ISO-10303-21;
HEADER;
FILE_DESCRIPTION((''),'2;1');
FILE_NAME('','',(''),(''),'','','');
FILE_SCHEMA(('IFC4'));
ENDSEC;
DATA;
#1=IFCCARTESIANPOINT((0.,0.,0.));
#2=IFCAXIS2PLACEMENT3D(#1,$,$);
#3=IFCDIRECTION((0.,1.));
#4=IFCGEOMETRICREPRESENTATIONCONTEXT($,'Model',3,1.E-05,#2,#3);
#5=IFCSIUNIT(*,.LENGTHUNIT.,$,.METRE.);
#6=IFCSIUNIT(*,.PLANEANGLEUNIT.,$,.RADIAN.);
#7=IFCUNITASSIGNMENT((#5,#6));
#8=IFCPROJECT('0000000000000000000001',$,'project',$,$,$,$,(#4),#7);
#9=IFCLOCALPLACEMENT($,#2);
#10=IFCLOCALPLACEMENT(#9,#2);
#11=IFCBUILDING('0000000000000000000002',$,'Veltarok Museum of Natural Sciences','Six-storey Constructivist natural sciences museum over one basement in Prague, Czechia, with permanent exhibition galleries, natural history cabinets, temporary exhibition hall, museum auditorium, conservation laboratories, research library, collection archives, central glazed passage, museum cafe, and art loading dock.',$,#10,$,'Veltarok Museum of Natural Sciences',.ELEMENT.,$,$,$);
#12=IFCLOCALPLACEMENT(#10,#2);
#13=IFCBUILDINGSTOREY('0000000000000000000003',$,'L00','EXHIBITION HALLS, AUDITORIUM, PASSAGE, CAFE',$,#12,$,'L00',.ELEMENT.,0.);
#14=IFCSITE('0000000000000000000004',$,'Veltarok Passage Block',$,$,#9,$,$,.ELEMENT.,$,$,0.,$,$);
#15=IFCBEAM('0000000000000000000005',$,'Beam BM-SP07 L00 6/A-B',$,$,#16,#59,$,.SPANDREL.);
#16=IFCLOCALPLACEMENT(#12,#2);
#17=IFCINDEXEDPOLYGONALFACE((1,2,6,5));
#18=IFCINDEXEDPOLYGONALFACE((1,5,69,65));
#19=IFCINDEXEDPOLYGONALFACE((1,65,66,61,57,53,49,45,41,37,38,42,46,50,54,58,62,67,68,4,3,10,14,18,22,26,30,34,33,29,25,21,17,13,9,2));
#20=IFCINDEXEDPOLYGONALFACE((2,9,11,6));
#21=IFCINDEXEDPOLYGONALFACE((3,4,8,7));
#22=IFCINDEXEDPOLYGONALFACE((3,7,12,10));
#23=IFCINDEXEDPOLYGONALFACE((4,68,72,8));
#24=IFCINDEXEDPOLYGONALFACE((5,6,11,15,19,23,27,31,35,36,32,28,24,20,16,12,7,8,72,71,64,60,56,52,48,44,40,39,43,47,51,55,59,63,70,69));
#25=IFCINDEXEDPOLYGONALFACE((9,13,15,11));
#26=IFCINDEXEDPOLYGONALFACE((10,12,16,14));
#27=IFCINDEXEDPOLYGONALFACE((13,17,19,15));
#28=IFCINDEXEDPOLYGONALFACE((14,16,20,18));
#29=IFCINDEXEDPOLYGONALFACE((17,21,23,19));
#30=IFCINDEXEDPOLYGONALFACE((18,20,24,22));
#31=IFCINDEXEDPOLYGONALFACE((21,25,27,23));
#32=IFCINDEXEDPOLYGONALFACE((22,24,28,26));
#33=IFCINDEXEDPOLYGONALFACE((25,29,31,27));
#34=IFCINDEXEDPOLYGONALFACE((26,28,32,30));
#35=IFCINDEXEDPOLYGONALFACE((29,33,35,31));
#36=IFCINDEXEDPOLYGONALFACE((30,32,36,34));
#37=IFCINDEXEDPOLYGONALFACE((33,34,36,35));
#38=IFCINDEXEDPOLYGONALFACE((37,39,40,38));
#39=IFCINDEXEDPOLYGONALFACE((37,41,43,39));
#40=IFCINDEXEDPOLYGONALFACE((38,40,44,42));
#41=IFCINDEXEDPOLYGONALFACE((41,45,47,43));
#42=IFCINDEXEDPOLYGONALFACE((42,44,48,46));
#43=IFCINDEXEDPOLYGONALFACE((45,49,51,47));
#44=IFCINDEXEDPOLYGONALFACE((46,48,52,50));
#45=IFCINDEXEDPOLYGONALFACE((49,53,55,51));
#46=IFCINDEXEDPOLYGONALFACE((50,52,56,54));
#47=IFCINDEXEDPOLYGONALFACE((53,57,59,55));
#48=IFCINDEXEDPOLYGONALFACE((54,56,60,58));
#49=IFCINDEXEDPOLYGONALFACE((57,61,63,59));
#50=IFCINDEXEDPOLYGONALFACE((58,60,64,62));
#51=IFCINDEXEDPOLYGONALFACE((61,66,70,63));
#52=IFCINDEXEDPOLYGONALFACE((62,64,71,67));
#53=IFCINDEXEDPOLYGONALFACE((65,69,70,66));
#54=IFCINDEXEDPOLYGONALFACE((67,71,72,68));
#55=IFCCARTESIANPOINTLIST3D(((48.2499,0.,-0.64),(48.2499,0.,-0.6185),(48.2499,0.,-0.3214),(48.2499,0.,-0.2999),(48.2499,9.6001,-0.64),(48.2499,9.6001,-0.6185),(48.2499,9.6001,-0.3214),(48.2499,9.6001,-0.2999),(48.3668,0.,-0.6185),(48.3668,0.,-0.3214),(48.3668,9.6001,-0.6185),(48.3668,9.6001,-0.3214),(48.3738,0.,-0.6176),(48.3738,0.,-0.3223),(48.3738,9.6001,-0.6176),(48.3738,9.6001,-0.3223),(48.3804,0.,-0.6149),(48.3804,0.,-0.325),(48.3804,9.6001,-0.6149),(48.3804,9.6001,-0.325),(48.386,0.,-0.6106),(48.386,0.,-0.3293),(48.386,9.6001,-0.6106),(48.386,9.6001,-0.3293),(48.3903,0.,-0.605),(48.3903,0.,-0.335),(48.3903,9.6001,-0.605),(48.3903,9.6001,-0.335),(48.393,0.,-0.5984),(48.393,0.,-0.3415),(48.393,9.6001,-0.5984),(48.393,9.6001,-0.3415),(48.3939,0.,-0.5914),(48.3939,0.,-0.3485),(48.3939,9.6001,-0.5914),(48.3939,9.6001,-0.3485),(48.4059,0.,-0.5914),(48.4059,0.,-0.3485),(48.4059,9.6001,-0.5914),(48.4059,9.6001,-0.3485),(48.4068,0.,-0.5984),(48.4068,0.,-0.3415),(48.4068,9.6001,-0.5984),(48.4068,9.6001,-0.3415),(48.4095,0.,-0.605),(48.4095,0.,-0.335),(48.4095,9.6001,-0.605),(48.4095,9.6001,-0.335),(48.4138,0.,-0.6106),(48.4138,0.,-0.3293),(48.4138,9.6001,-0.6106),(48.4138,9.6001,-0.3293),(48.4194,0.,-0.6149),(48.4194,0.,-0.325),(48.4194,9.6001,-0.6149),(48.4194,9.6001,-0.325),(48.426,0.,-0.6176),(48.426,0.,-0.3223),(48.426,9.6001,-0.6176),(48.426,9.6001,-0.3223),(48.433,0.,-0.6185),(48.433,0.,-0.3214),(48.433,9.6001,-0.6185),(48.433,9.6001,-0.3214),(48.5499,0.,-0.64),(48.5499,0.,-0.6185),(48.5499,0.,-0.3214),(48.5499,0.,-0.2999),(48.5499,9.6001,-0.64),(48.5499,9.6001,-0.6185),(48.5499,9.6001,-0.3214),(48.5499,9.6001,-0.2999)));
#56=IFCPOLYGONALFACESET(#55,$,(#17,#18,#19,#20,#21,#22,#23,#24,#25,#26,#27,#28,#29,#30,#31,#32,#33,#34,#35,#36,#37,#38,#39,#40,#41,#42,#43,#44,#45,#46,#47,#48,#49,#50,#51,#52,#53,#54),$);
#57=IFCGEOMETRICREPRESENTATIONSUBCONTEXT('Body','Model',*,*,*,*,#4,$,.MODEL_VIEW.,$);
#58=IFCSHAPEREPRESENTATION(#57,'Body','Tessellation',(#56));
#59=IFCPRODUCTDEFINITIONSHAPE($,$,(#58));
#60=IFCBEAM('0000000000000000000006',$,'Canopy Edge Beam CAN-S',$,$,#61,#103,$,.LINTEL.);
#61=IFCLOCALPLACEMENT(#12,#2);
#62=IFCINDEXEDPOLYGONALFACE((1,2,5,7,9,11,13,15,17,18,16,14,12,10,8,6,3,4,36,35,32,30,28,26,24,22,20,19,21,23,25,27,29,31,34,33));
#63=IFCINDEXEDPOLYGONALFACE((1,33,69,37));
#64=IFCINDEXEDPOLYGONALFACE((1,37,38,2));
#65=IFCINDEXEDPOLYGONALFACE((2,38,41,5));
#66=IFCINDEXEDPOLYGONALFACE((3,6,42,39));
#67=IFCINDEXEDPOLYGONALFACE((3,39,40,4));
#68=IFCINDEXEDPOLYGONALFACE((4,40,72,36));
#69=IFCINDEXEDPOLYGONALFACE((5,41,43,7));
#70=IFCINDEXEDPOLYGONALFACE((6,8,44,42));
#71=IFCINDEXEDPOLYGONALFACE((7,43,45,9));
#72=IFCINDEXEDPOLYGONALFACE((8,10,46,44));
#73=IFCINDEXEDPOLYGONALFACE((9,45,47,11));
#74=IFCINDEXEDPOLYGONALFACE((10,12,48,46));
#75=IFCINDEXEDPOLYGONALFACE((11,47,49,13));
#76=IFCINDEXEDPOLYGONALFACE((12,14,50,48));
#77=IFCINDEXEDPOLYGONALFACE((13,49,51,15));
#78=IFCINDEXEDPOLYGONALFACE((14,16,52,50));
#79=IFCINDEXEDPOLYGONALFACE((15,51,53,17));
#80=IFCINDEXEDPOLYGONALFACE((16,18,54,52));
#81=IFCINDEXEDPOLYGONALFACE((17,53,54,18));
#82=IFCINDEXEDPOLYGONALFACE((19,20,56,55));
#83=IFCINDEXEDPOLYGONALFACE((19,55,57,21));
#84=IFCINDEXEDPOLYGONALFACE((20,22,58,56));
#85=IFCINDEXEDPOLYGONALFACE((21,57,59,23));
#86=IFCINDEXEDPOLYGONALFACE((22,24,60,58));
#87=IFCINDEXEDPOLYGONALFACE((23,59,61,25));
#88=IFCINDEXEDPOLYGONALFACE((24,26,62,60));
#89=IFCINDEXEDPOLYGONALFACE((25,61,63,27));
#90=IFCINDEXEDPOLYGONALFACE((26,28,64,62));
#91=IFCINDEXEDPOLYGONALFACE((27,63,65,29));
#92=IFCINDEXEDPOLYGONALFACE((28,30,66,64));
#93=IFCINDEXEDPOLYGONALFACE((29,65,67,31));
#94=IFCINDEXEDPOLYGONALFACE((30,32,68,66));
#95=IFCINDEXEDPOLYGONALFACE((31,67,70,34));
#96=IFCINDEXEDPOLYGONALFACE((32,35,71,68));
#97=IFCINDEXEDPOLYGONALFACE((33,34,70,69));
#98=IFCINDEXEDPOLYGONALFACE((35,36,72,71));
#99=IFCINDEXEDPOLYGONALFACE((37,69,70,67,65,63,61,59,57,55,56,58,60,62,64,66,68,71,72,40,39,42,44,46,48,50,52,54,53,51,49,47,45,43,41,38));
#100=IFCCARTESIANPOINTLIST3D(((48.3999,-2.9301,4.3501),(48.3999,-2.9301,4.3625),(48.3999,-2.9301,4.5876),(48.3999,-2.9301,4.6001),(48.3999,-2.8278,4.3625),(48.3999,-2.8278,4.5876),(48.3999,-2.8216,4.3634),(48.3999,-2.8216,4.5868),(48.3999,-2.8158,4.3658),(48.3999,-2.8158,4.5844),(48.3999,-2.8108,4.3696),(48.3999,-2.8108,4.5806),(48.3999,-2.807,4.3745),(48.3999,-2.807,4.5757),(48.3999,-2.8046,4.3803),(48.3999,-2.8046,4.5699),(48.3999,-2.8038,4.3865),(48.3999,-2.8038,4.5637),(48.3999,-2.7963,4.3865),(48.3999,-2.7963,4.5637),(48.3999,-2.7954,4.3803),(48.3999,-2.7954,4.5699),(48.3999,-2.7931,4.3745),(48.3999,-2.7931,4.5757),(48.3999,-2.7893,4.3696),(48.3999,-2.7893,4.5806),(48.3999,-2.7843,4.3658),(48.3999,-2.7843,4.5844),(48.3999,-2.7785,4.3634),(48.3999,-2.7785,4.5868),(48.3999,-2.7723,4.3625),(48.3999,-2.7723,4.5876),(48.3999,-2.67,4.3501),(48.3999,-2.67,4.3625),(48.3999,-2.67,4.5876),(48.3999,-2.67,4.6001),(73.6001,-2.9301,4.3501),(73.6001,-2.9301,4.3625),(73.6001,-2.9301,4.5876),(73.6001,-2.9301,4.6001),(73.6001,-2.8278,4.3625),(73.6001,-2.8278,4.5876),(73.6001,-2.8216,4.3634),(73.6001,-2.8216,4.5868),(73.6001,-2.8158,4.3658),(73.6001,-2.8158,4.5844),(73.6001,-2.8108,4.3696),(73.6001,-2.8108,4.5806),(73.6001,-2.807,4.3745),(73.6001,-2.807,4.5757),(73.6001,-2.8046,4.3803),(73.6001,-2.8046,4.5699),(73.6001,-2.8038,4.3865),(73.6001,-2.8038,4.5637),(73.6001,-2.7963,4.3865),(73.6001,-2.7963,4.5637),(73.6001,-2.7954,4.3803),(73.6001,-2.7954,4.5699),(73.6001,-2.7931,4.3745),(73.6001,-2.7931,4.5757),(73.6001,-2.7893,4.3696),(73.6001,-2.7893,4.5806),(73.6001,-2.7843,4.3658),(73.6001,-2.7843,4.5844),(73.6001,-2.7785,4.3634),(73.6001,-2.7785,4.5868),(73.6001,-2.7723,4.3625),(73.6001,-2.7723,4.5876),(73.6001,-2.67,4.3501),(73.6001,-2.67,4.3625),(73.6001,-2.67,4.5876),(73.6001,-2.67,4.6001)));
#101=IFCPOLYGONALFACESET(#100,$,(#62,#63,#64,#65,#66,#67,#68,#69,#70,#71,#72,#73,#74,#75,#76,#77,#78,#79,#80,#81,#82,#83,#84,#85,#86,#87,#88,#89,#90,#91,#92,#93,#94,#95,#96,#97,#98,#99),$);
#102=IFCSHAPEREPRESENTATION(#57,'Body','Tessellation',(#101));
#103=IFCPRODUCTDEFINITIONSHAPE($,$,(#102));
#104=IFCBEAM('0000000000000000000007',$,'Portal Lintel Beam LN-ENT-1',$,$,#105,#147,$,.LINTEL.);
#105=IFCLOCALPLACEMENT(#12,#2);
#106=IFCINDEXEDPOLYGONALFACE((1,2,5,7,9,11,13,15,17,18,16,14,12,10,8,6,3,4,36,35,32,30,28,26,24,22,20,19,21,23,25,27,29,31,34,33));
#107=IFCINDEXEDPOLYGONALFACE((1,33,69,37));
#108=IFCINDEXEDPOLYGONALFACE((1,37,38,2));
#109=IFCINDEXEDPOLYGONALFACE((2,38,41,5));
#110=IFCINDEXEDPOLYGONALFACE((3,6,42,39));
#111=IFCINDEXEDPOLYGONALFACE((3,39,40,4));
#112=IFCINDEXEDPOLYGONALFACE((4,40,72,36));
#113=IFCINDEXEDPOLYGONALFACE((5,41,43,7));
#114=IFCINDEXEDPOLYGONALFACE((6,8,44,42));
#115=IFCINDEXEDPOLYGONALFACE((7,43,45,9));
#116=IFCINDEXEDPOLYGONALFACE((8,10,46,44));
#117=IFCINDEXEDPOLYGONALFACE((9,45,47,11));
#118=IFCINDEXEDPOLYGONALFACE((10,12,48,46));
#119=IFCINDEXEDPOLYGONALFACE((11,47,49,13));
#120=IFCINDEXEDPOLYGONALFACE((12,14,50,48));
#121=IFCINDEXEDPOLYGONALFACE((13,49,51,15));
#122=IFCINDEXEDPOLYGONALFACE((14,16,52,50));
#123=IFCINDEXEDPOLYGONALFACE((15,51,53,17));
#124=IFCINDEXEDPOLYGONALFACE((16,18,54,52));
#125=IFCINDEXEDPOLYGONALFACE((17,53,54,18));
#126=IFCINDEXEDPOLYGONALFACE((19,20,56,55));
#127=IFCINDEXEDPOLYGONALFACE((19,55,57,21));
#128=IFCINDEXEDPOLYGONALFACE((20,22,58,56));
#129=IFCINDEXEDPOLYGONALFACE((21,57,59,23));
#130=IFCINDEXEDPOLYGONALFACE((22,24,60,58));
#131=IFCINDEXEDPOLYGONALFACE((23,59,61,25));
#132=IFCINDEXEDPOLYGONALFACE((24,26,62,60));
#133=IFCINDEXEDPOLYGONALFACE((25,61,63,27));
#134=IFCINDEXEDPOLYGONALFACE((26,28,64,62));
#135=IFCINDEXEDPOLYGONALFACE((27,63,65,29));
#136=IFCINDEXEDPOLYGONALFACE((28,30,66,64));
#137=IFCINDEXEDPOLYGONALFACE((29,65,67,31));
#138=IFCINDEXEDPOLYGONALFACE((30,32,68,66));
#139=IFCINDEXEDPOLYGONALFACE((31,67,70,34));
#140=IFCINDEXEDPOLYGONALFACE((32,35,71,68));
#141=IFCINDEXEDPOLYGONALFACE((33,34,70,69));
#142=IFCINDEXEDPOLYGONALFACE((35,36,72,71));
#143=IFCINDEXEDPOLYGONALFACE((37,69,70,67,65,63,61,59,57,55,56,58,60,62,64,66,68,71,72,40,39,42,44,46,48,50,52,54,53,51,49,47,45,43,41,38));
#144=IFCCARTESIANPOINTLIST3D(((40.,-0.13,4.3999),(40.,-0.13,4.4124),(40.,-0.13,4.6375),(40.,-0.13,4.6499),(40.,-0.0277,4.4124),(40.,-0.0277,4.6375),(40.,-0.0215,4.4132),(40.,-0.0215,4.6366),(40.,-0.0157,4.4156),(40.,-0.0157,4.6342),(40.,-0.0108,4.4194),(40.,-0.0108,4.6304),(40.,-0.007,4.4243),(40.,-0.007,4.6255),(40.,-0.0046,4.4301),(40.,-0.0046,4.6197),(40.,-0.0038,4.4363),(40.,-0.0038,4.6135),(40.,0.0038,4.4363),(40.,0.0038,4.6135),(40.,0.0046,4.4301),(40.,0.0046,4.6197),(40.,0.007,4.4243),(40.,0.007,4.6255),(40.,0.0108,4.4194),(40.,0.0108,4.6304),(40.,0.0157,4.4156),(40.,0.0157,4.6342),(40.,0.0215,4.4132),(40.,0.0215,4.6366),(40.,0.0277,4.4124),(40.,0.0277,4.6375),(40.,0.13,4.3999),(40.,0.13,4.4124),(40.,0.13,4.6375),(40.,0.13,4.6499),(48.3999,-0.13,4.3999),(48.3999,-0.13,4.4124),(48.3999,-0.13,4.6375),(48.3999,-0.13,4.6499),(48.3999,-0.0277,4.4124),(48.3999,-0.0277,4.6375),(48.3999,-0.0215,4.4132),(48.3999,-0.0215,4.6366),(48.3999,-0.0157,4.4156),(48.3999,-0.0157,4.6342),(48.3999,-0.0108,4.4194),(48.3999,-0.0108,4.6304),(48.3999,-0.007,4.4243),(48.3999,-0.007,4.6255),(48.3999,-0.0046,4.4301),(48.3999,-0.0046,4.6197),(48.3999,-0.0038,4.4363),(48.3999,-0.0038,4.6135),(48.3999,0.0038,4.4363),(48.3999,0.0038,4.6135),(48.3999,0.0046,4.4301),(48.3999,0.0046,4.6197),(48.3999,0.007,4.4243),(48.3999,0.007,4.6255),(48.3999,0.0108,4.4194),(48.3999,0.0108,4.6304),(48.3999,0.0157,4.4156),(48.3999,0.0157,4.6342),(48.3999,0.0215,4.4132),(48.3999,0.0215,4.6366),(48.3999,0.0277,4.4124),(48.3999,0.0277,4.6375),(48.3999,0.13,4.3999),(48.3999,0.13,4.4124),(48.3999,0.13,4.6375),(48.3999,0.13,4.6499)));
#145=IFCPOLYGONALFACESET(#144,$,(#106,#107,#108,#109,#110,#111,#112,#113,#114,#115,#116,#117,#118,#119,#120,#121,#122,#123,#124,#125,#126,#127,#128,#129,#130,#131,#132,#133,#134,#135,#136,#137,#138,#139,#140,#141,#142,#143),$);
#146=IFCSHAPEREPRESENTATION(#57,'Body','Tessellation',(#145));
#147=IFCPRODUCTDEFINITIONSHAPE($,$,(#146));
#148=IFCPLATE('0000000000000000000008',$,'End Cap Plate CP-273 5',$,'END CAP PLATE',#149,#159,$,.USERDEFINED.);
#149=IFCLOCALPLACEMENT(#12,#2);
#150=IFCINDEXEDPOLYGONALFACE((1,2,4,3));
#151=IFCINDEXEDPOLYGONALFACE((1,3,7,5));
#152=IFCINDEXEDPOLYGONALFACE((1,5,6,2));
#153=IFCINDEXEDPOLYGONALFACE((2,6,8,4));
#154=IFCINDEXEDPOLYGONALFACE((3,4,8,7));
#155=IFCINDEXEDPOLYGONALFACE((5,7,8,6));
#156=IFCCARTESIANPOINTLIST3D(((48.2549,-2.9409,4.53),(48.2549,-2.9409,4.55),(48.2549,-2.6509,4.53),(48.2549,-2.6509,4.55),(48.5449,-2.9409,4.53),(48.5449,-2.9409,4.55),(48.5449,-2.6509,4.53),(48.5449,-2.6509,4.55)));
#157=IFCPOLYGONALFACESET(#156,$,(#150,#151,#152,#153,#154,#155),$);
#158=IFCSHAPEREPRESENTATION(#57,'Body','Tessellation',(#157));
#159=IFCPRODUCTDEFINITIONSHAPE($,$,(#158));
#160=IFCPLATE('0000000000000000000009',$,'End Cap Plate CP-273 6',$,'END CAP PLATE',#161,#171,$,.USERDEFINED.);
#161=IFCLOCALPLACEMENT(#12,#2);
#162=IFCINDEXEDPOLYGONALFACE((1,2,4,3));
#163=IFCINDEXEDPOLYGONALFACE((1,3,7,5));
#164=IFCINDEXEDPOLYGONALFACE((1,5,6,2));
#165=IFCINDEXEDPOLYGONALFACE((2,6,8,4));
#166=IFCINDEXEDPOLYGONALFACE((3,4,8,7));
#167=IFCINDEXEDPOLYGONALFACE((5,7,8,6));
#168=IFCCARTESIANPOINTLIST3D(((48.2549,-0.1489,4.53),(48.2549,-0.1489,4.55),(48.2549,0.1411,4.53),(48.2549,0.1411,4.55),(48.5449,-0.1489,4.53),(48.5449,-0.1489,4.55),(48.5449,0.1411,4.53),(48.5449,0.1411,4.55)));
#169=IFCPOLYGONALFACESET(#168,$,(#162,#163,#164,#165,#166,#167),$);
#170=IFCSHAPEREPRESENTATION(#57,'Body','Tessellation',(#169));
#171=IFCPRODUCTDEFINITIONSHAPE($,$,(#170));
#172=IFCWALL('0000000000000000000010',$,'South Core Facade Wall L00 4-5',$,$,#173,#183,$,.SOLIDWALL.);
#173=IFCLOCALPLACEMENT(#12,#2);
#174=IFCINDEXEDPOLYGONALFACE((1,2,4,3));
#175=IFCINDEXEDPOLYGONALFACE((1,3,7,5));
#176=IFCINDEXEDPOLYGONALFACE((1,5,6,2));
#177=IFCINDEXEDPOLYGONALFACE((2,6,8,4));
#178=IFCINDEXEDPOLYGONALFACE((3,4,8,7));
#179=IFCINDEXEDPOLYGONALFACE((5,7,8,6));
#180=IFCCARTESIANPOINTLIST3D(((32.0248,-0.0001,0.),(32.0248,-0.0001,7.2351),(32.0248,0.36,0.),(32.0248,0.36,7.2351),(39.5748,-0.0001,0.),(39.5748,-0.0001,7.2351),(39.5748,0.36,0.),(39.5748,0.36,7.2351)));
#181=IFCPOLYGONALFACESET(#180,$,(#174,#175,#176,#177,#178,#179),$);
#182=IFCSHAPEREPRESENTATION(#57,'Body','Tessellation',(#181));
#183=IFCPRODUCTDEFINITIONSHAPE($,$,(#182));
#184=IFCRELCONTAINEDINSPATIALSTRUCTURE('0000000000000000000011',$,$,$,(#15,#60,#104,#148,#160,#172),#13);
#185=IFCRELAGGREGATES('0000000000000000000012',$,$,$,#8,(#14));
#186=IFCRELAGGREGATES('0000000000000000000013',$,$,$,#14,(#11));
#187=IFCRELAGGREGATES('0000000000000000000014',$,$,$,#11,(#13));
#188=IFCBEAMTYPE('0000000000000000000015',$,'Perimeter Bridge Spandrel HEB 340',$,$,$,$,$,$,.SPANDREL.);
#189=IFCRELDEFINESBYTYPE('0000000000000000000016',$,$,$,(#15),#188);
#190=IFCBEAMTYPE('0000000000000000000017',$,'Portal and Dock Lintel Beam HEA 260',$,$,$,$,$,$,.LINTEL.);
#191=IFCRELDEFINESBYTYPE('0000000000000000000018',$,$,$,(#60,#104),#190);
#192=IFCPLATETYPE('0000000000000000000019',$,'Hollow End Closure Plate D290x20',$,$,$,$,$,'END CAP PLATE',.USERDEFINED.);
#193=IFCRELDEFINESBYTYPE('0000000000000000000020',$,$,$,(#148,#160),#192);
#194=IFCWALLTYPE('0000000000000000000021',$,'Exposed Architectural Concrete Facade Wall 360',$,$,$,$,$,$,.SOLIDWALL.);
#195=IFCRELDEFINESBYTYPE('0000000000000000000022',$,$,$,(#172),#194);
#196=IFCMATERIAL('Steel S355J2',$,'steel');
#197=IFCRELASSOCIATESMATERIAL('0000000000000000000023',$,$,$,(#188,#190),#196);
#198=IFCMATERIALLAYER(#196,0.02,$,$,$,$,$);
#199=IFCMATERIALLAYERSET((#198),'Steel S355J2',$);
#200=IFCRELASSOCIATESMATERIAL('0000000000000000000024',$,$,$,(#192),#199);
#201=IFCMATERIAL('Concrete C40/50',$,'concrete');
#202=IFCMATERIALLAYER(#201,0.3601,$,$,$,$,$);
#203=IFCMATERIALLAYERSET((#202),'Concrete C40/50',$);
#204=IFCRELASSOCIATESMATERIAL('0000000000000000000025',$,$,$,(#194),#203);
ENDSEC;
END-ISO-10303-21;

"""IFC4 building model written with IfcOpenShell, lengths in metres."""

from ifc_helpers import new_model, si_unit, direction, frame, frame_2d, origin, origin_2d, place, context, subcontext, project, spatial, rectangle, i_section, extrude, material, layer, layer_set, material_profile, profile_set, type_object, element, save


model = new_model("IFC4")

# Units and contexts
model_context = context("Model", 3, precision=1e-05, world=origin(), true_north=direction((0.0, 1.0)))
body_context = subcontext(model_context, "Body", "Model", "MODEL_VIEW")
ifc_project = project(units=[si_unit("LENGTHUNIT", "METRE"), si_unit("PLANEANGLEUNIT", "RADIAN")], contexts=[model_context])

# Site, building, storey
site_placement = place(None, origin())
site = spatial("IfcSite", under=ifc_project, at=site_placement, Name="Veltarok Passage Block", CompositionType="ELEMENT", RefElevation=0.0)
building_placement = place(site_placement, origin())
building = spatial("IfcBuilding", under=site, at=building_placement, Name="Veltarok Museum of Natural Sciences", Description="Six-storey Constructivist natural sciences museum over one basement in Prague, Czechia, with permanent exhibition galleries, natural history cabinets, temporary exhibition hall, museum auditorium, conservation laboratories, research library, collection archives, central glazed passage, museum cafe, and art loading dock.", LongName="Veltarok Museum of Natural Sciences", CompositionType="ELEMENT")
storey_placement = place(building_placement, origin())
storey = spatial("IfcBuildingStorey", under=building, at=storey_placement, Name="L00", Description="EXHIBITION HALLS, AUDITORIUM, PASSAGE, CAFE", LongName="L00", CompositionType="ELEMENT", Elevation=0.0)

# Shared definitions
ifc_material_1 = material(Name="Steel S355J2", Category="steel")
ifc_material_2 = material(Name="Concrete C40/50", Category="concrete")

# Beams
ifc_material_profile_1 = material_profile(ifc_material_1, i_section(OverallWidth=0.3, OverallDepth=0.3401, WebThickness=0.012, FlangeThickness=0.0215, FilletRadius=0.0271, at=origin_2d()), Name="HEB 340")
ifc_profile_set_1 = profile_set([ifc_material_profile_1], Name="Steel S355J2")
beam_type_1 = type_object("IfcBeamType", Name="Perimeter Bridge Spandrel HEB 340", PredefinedType="SPANDREL", material=ifc_profile_set_1)
for number, where, z_axis, x_axis, name in (
    (1, (48.3999, 0.0, -0.47), (0.0, 1.0, 0.0), (-1.0, 0.0, 0.0), "Beam BM-SP07 L00 6/A-B"),
):
    element("IfcBeam", number, at=place(storey_placement, frame(where, z_axis=z_axis, x_axis=x_axis)), inside=storey, type_object=beam_type_1, Name=name, PredefinedType="SPANDREL", context=body_context, shape_type="SweptSolid", body=[
        extrude(i_section(OverallWidth=0.3, OverallDepth=0.3401, WebThickness=0.012, FlangeThickness=0.0215, FilletRadius=0.0271, at=origin_2d()), origin(), (0.0, 0.0, 1.0), 9.6001),
    ])
ifc_material_profile_2 = material_profile(ifc_material_1, i_section(OverallWidth=0.26, OverallDepth=0.25, WebThickness=0.0076, FlangeThickness=0.0125, FilletRadius=0.0239, at=origin_2d()), Name="HEA 260")
ifc_profile_set_2 = profile_set([ifc_material_profile_2], Name="Steel S355J2")
beam_type_2 = type_object("IfcBeamType", Name="Portal and Dock Lintel Beam HEA 260", PredefinedType="LINTEL", material=ifc_profile_set_2)
beam_1_placement = place(storey_placement, frame((48.3999, -2.8, 4.4751), z_axis=(1.0, 0.0, 0.0), x_axis=(0.0, 1.0, 0.0)))
element("IfcBeam", 2, at=beam_1_placement, inside=storey, type_object=beam_type_2, Name="Canopy Edge Beam CAN-S", PredefinedType="LINTEL", context=body_context, shape_type="SweptSolid", body=[
    extrude(i_section(OverallWidth=0.26, OverallDepth=0.25, WebThickness=0.0076, FlangeThickness=0.0125, FilletRadius=0.0239, at=origin_2d()), origin(), (0.0, 0.0, 1.0), 25.2002),
])
beam_2_placement = place(storey_placement, frame((40.0, 0.0, 4.5249), z_axis=(1.0, 0.0, 0.0), x_axis=(0.0, 1.0, 0.0)))
element("IfcBeam", 3, at=beam_2_placement, inside=storey, type_object=beam_type_2, Name="Portal Lintel Beam LN-ENT-1", PredefinedType="LINTEL", context=body_context, shape_type="SweptSolid", body=[
    extrude(i_section(OverallWidth=0.26, OverallDepth=0.25, WebThickness=0.0076, FlangeThickness=0.0125, FilletRadius=0.0239, at=origin_2d()), origin(), (0.0, 0.0, 1.0), 8.3999),
])

# Plates
ifc_layer_1 = layer(ifc_material_1, 0.02)
ifc_layer_set_1 = layer_set([ifc_layer_1], Name="Steel S355J2")
plate_type = type_object("IfcPlateType", Name="Hollow End Closure Plate D290x20", ElementType="END CAP PLATE", PredefinedType="USERDEFINED", material=ifc_layer_set_1)
for number, where, z_axis, x_axis, name in (
    (4, (48.3999, -2.7959, 4.53), (0.0, 0.0, 1.0), (0.0, 1.0, 0.0), "End Cap Plate CP-273 5"),
    (5, (48.3999, -0.0039, 4.53), (0.0, 0.0, 1.0), (0.0, 1.0, 0.0), "End Cap Plate CP-273 6"),
):
    element("IfcPlate", number, at=place(storey_placement, frame(where, z_axis=z_axis, x_axis=x_axis)), inside=storey, type_object=plate_type, Name=name, ObjectType="END CAP PLATE", PredefinedType="USERDEFINED", context=body_context, shape_type="SweptSolid", body=[
        extrude(rectangle(XDim=0.29, YDim=0.29, at=origin_2d()), origin(), (0.0, 0.0, 1.0), 0.02),
    ])

# Wall
ifc_layer_2 = layer(ifc_material_2, 0.3601)
ifc_layer_set_2 = layer_set([ifc_layer_2], Name="Concrete C40/50")
wall_type_1 = type_object("IfcWallType", Name="Exposed Architectural Concrete Facade Wall 360", PredefinedType="SOLIDWALL", material=ifc_layer_set_2)
wall_1_placement = place(storey_placement, frame((32.0249, 0.1799, 0.0), z_axis=(0.0, 0.0, 1.0), x_axis=(1.0, 0.0, 0.0)))
element("IfcWall", 6, at=wall_1_placement, inside=storey, type_object=wall_type_1, Name="South Core Facade Wall L00 4-5", PredefinedType="SOLIDWALL", context=body_context, shape_type="SweptSolid", body=[
    extrude(rectangle(XDim=7.55, YDim=0.3601, at=frame_2d((3.7749, 0.0))), origin(), (0.0, 0.0, 1.0), 7.2351),
])

save(model, "model.ifc")
